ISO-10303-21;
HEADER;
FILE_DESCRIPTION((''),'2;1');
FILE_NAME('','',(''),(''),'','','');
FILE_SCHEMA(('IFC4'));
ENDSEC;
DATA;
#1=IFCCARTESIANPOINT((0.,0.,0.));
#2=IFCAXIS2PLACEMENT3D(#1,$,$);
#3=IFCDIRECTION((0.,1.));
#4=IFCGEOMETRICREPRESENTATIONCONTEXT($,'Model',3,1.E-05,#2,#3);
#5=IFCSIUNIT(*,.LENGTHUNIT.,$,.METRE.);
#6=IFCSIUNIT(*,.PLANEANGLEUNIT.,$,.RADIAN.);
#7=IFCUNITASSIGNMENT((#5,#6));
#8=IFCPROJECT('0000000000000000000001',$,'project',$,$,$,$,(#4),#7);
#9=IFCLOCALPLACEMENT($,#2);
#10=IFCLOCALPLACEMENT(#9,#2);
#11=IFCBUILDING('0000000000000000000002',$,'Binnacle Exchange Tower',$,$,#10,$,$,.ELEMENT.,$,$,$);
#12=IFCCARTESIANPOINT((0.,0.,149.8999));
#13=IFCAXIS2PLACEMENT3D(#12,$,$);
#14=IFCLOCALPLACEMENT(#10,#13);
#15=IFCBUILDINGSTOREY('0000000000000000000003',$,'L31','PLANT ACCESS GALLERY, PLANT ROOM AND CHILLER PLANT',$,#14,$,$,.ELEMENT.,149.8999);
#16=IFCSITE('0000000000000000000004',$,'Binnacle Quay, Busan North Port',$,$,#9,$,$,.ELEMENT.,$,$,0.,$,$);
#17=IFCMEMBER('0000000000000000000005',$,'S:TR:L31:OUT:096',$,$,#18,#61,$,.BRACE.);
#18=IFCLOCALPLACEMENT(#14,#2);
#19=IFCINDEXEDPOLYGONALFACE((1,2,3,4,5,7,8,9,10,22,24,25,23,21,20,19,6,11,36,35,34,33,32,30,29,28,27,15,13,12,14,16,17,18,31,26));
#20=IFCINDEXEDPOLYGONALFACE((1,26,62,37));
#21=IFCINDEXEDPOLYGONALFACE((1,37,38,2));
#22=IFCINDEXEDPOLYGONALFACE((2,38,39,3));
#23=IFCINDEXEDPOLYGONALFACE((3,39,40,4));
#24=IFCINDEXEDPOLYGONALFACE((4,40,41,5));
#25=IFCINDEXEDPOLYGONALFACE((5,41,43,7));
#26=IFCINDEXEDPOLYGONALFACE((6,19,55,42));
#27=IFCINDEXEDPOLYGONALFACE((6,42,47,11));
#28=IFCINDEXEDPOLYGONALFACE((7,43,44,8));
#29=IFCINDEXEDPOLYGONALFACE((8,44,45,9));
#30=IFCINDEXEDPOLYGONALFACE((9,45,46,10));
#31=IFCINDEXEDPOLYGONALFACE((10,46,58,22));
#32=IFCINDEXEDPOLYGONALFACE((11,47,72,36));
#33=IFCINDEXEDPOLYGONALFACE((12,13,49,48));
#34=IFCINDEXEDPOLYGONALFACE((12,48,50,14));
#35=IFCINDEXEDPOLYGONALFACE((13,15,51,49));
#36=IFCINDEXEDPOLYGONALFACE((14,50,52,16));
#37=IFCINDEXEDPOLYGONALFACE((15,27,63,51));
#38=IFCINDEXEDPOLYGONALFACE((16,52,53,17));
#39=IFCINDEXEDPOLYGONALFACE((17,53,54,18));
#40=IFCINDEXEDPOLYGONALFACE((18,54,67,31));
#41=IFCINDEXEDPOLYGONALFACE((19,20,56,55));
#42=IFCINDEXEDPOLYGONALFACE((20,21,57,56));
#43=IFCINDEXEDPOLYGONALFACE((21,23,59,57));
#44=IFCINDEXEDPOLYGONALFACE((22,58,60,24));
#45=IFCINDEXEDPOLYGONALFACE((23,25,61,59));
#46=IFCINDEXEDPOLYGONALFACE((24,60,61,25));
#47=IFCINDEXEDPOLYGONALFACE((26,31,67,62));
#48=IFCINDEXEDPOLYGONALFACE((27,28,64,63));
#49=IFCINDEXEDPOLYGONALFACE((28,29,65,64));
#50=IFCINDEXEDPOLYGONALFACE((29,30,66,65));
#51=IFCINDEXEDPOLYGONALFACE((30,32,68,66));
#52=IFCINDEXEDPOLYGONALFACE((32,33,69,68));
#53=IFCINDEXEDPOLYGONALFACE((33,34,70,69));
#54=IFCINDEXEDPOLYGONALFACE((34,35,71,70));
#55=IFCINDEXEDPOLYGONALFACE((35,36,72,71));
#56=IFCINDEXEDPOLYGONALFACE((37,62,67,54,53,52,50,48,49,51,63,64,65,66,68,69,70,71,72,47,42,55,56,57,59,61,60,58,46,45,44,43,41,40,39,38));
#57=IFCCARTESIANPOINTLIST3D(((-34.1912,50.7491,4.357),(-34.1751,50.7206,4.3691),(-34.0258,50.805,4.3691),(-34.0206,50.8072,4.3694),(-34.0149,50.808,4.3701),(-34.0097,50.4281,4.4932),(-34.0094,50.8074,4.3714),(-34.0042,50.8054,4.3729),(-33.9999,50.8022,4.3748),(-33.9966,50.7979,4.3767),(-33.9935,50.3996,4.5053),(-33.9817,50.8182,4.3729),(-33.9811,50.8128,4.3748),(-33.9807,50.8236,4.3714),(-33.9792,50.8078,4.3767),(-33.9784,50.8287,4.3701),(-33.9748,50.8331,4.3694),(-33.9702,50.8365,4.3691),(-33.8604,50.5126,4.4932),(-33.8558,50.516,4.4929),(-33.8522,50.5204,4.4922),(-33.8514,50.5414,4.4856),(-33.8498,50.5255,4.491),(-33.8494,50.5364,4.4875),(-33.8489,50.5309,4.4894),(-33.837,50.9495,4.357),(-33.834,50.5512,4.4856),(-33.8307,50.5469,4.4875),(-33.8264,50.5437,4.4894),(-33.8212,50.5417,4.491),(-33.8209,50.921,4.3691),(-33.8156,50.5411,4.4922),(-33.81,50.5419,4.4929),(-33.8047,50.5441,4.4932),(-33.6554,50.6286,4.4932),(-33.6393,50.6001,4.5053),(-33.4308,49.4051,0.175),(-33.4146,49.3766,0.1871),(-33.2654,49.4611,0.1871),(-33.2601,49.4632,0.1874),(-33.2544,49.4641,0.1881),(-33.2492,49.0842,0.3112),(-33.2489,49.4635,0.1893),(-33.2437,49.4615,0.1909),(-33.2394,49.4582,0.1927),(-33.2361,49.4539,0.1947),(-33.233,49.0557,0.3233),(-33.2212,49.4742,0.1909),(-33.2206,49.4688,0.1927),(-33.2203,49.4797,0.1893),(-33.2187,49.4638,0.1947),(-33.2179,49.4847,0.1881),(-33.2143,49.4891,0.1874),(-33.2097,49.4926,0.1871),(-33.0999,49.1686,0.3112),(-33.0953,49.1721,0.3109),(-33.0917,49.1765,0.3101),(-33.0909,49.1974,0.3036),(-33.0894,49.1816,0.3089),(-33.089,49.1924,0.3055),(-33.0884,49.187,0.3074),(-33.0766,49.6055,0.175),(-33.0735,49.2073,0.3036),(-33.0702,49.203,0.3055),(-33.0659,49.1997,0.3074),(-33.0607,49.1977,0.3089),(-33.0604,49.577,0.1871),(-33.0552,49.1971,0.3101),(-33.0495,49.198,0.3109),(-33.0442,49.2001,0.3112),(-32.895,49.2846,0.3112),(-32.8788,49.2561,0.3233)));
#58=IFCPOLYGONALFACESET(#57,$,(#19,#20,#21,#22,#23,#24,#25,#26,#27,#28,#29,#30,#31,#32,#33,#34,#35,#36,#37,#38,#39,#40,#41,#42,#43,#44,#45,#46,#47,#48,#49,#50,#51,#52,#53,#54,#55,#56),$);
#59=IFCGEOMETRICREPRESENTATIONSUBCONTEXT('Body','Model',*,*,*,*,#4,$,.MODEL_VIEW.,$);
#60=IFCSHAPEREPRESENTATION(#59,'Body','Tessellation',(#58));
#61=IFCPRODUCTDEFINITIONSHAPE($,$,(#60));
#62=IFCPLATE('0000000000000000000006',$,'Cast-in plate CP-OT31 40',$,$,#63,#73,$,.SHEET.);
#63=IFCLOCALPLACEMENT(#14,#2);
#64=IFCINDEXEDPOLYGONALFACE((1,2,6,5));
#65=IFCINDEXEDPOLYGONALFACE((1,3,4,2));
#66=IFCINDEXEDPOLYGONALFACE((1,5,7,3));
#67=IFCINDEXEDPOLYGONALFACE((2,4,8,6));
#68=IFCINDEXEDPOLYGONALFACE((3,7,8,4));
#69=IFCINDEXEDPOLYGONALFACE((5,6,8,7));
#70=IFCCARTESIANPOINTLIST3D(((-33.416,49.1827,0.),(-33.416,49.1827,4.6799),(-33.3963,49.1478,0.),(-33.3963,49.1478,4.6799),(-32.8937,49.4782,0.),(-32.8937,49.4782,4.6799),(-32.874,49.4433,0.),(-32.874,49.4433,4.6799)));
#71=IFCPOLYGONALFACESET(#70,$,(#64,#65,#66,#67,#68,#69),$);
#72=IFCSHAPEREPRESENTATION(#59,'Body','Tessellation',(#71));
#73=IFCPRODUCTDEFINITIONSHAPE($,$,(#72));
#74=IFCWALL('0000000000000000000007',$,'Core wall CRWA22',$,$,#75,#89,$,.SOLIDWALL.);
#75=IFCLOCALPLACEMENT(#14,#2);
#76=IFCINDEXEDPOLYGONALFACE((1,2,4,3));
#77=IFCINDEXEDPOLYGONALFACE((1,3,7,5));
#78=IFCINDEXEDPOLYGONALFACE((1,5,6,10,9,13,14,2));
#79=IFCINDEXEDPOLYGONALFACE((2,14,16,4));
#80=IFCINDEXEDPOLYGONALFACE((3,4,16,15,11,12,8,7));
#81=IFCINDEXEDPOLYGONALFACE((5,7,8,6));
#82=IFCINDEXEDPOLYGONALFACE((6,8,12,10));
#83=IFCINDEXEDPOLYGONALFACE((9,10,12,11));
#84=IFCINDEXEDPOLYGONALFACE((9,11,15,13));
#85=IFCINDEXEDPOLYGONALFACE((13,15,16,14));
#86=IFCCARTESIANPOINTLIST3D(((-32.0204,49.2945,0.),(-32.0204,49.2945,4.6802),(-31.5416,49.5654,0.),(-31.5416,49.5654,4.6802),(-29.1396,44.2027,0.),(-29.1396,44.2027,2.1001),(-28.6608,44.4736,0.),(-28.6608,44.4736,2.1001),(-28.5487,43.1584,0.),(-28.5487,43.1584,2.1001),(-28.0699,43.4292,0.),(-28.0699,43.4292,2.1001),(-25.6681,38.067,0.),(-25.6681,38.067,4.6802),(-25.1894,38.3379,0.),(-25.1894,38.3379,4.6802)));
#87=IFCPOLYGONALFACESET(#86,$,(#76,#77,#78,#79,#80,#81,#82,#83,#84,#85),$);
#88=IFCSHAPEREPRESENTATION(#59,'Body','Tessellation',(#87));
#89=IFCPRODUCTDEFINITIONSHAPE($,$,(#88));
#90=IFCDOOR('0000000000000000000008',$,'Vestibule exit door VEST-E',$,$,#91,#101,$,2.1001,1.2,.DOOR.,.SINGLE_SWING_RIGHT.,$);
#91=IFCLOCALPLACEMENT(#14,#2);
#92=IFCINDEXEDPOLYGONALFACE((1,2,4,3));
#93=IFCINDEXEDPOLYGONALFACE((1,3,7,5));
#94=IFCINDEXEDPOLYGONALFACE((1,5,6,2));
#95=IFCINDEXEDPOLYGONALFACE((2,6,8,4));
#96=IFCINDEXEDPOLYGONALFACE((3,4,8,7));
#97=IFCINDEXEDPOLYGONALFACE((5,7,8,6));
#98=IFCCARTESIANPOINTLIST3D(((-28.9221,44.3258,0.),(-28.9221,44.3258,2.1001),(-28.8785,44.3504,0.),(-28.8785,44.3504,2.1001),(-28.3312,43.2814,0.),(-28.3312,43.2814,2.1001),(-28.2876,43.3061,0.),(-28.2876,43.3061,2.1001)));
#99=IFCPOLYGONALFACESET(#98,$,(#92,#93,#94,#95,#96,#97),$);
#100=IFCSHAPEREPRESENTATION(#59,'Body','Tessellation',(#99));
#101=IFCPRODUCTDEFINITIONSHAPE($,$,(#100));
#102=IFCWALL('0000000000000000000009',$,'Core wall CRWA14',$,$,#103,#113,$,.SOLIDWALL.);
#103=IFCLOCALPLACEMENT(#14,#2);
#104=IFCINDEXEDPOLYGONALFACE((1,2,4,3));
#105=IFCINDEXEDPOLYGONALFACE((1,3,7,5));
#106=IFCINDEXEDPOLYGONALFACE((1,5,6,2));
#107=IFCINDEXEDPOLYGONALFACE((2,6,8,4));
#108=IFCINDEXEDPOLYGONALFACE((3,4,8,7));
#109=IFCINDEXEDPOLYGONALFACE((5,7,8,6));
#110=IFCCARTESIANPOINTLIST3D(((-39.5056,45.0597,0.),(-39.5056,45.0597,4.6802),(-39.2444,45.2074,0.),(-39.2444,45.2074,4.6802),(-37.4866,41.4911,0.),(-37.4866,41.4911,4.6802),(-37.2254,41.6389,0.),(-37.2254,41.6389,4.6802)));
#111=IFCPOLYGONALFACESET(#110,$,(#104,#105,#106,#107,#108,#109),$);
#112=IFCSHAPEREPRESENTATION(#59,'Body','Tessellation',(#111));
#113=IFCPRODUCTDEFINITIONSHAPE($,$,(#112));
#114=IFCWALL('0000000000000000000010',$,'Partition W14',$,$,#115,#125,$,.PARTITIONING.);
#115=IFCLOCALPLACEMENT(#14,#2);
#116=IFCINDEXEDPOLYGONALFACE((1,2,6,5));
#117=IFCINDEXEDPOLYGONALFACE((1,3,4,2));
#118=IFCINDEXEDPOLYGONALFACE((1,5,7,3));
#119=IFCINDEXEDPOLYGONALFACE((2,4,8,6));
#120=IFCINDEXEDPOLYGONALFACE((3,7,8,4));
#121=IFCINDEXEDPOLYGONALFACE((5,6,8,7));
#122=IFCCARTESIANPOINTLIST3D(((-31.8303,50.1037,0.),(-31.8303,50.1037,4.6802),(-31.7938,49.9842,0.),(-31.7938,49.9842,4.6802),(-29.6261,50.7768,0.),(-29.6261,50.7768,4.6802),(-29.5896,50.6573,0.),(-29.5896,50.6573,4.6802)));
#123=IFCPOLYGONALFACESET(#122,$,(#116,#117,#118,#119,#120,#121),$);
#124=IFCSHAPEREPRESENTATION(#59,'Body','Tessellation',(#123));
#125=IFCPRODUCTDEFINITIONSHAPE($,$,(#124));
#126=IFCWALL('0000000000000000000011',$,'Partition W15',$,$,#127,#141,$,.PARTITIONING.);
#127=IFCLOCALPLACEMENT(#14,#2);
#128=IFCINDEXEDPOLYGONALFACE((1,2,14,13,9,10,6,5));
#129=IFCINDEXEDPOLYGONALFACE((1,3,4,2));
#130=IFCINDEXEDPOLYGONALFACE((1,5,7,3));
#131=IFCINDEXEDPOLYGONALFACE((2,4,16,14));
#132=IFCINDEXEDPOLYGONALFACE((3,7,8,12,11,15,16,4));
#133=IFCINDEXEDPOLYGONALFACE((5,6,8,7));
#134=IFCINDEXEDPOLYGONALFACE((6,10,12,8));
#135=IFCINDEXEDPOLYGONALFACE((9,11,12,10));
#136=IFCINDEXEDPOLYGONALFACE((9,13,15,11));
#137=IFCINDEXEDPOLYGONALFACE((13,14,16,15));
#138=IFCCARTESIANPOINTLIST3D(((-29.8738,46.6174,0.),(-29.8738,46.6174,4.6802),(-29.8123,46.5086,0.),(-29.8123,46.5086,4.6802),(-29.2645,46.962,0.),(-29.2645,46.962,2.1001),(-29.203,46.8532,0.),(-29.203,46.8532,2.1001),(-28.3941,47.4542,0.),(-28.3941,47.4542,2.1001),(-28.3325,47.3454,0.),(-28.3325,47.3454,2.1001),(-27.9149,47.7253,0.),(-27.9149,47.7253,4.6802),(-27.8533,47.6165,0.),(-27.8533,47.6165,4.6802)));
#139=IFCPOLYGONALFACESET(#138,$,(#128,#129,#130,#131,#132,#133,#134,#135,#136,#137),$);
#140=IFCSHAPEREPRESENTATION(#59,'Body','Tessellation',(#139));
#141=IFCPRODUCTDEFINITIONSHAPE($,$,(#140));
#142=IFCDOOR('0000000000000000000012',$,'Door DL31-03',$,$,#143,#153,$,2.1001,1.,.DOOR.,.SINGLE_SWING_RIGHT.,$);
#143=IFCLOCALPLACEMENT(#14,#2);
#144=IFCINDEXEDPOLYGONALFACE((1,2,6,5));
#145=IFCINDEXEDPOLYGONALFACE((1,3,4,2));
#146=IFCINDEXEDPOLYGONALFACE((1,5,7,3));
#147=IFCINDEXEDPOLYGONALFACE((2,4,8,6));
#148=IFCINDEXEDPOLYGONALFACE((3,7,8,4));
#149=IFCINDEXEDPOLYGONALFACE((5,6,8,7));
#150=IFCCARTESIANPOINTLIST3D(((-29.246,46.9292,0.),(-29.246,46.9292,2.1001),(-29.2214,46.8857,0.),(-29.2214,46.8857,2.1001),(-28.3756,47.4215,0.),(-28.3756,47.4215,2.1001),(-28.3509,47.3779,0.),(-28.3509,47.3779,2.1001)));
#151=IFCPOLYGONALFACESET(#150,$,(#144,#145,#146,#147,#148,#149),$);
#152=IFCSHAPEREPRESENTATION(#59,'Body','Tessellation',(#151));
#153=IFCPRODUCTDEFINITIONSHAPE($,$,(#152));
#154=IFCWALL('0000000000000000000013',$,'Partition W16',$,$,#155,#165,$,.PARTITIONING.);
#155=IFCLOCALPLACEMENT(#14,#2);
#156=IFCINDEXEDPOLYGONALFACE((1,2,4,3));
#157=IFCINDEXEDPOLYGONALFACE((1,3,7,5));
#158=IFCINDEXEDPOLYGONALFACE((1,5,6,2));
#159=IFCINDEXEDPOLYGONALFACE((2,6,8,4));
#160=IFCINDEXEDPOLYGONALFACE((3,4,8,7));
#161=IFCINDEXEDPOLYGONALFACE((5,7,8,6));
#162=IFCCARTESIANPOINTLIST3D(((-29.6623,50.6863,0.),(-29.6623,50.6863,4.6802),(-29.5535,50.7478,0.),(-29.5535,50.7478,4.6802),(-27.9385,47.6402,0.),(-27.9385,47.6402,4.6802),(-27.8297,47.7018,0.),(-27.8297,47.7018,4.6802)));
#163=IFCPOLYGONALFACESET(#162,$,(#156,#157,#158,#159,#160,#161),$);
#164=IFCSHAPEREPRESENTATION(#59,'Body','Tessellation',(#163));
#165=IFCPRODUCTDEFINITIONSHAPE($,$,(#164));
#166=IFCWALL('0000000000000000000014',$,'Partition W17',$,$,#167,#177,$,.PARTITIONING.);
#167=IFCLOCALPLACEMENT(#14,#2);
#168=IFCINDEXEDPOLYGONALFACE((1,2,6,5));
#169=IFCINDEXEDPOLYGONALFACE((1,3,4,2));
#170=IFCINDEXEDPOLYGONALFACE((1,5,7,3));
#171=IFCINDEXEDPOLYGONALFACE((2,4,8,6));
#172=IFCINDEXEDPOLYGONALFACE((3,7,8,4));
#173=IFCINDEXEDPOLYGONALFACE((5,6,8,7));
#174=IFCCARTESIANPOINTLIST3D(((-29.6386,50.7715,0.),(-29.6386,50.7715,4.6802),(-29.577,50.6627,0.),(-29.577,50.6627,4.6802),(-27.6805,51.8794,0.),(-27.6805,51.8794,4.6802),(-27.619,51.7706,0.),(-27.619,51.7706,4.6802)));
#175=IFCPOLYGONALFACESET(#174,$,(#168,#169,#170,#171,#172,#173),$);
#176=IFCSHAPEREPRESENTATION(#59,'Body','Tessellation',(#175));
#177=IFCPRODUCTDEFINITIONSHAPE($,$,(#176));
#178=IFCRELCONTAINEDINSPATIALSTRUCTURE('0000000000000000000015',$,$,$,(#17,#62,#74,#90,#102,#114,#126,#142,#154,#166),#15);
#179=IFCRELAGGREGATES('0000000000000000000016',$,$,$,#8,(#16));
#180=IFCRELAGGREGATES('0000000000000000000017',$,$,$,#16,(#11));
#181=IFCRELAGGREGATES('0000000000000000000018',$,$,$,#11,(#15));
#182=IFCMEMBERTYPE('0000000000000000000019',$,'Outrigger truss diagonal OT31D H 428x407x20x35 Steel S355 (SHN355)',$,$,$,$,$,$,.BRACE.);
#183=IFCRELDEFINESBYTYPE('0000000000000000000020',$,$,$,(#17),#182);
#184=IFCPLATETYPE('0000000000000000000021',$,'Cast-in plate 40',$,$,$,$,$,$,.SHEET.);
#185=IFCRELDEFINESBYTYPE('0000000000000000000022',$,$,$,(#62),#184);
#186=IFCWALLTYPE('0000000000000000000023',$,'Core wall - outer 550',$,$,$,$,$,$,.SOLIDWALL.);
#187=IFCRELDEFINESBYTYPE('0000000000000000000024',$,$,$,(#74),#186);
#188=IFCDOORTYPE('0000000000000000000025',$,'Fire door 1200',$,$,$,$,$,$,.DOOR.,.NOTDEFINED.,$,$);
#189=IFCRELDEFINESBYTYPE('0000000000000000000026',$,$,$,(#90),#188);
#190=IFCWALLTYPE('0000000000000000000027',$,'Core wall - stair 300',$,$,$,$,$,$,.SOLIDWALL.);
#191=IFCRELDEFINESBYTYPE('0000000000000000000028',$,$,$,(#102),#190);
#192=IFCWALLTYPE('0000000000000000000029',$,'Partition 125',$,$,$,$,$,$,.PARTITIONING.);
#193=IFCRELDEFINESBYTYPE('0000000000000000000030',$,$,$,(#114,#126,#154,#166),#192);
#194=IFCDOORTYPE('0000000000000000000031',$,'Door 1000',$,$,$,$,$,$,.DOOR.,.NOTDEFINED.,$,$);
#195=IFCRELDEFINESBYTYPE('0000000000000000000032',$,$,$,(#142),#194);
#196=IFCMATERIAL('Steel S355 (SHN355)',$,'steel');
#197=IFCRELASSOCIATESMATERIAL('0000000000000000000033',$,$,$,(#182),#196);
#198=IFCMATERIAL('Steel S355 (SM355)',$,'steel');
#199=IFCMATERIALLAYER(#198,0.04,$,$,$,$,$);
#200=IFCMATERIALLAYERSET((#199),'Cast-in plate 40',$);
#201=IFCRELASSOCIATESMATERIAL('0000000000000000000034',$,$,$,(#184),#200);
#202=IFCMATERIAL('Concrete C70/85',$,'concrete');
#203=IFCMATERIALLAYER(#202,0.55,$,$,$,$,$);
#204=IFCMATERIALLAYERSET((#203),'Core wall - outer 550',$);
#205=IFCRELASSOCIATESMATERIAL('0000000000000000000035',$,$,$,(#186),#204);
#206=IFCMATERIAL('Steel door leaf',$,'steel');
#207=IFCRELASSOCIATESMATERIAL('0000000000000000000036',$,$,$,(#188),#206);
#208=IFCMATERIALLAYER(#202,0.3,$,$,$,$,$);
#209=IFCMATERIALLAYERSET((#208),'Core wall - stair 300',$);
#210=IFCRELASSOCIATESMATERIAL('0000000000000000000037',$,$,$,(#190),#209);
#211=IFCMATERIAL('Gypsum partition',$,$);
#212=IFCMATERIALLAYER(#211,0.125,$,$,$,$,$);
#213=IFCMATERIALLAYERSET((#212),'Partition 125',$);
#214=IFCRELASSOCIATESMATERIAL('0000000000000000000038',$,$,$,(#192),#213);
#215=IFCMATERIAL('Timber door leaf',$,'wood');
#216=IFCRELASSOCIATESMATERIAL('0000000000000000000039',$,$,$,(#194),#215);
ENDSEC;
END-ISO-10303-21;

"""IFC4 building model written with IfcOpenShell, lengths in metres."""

from ifc_helpers import new_model, si_unit, direction, frame, frame_2d, origin, origin_2d, place, context, subcontext, project, spatial, rectangle, i_section, extrude, material, layer, layer_set, material_profile, profile_set, type_object, element, fill, save


model = new_model("IFC4")

# Units and contexts
model_context = context("Model", 3, precision=1e-05, world=origin(), true_north=direction((0.0, 1.0)))
body_context = subcontext(model_context, "Body", "Model", "MODEL_VIEW")
ifc_project = project(units=[si_unit("LENGTHUNIT", "METRE"), si_unit("PLANEANGLEUNIT", "RADIAN")], contexts=[model_context])

# Site, building, storey
site_placement = place(None, origin())
site = spatial("IfcSite", under=ifc_project, at=site_placement, Name="Binnacle Quay, Busan North Port", CompositionType="ELEMENT", RefElevation=0.0)
building_placement = place(site_placement, origin())
building = spatial("IfcBuilding", under=site, at=building_placement, Name="Binnacle Exchange Tower", CompositionType="ELEMENT")
storey_placement = place(building_placement, frame((0.0, 0.0, 149.8999)))
storey = spatial("IfcBuildingStorey", under=building, at=storey_placement, Name="L31", Description="PLANT ACCESS GALLERY, PLANT ROOM AND CHILLER PLANT", CompositionType="ELEMENT", Elevation=149.8999)

# Shared definitions
ifc_material_1 = material(Name="Concrete C70/85", Category="concrete")

# Shared definitions
ifc_material_2 = material(Name="Steel S355 (SHN355)", Category="steel")

# Member
ifc_material_profile_1 = material_profile(ifc_material_2, i_section(OverallWidth=0.407, OverallDepth=0.428, WebThickness=0.02, FlangeThickness=0.0349, FilletRadius=0.022, at=origin_2d()), Name="H 428x407x20x35")
ifc_profile_set_1 = profile_set([ifc_material_profile_1], Name="Steel S355 (SHN355)")
member_type_1 = type_object("IfcMemberType", Name="Outrigger truss diagonal OT31D H 428x407x20x35 Steel S355 (SHN355)", PredefinedType="BRACE", material=ifc_profile_set_1)
member_1_placement = place(storey_placement, frame((-33.9153, 50.6746, 4.4312), z_axis=(0.170587, -0.301471, -0.938091), x_axis=(0.870327, 0.492474, 0.0)))
element("IfcMember", 1, at=member_1_placement, inside=storey, type_object=member_type_1, Name="S:TR:L31:OUT:096", PredefinedType="BRACE", context=body_context, shape_type="SweptSolid", body=[
    extrude(i_section(OverallWidth=0.407, OverallDepth=0.428, WebThickness=0.02, FlangeThickness=0.0349, FilletRadius=0.022, at=origin_2d()), origin(), (0.0, 0.0, 1.0), 4.458),
])

# Plate
ifc_material_3 = material(Name="Steel S355 (SM355)", Category="steel")
ifc_layer_1 = layer(ifc_material_3, 0.04)
ifc_layer_set_1 = layer_set([ifc_layer_1], Name="Cast-in plate 40")
plate_type = type_object("IfcPlateType", Name="Cast-in plate 40", PredefinedType="SHEET", material=ifc_layer_set_1)
plate_placement = place(storey_placement, frame((-33.145, 49.313, 0.0), z_axis=(0.0, 0.0, 1.0), x_axis=(0.492424, -0.870356, 0.0)))
element("IfcPlate", 2, at=plate_placement, inside=storey, type_object=plate_type, Name="Cast-in plate CP-OT31 40", PredefinedType="SHEET", context=body_context, shape_type="SweptSolid", body=[
    extrude(rectangle(XDim=0.04, YDim=0.6001, at=origin_2d()), origin(), (0.0, 0.0, 1.0), 4.6799),
])

# Wall, opening, door
ifc_layer_2 = layer(ifc_material_1, 0.55)
ifc_layer_set_2 = layer_set([ifc_layer_2], Name="Core wall - outer 550")
wall_type_1 = type_object("IfcWallType", Name="Core wall - outer 550", PredefinedType="SOLIDWALL", material=ifc_layer_set_2)
wall_1_placement = place(storey_placement, frame((-31.781, 49.4299, 0.0), z_axis=(0.0, 0.0, 1.0), x_axis=(0.492427, -0.870354, 0.0)))
wall_1 = element("IfcWall", 3, at=wall_1_placement, inside=storey, type_object=wall_type_1, Name="Core wall CRWA22", PredefinedType="SOLIDWALL", context=body_context, shape_type="SweptSolid", body=[
    extrude(rectangle(XDim=12.8999, YDim=0.55, at=frame_2d((6.45, 0.0))), origin(), (0.0, 0.0, 1.0), 4.6802),
])
opening_1_placement = place(wall_1_placement, frame((5.8501, 0.0, 0.0)))
opening_1 = element("IfcOpeningElement", 4, at=opening_1_placement, cuts=wall_1, PredefinedType="OPENING", context=body_context, shape_type="SweptSolid", body=[
    extrude(rectangle(XDim=1.2, YDim=2.1001, at=frame_2d((0.6001, 1.05))), frame((0.0, 0.2849, 0.0), z_axis=(0.0, -1.0, 0.0), x_axis=(1.0, 0.0, 0.0)), (0.0, 0.0, 1.0), 0.5701),
])
ifc_material_4 = material(Name="Steel door leaf", Category="steel")
door_type_1 = type_object("IfcDoorType", Name="Fire door 1200", OperationType="NOTDEFINED", PredefinedType="DOOR", material=ifc_material_4)
door_1_placement = place(opening_1_placement, origin())
door_1 = element("IfcDoor", 5, at=door_1_placement, inside=storey, type_object=door_type_1, Name="Vestibule exit door VEST-E", OperationType="SINGLE_SWING_RIGHT", OverallHeight=2.1001, OverallWidth=1.2, PredefinedType="DOOR", context=body_context, shape_type="SweptSolid", body=[
    extrude(rectangle(XDim=1.2, YDim=2.1001, at=frame_2d((0.6001, 1.05))), frame((0.0, 0.0249, 0.0), z_axis=(0.0, -1.0, 0.0), x_axis=(1.0, 0.0, 0.0)), (0.0, 0.0, 1.0), 0.05),
])
fill(opening_1, door_1)

# Walls
ifc_layer_3 = layer(ifc_material_1, 0.3)
ifc_layer_set_3 = layer_set([ifc_layer_3], Name="Core wall - stair 300")
wall_type_2 = type_object("IfcWallType", Name="Core wall - stair 300", PredefinedType="SOLIDWALL", material=ifc_layer_set_3)
wall_2_placement = place(storey_placement, frame((-39.375, 45.1335, 0.0), z_axis=(0.0, 0.0, 1.0), x_axis=(0.492428, -0.870353, 0.0)))
element("IfcWall", 6, at=wall_2_placement, inside=storey, type_object=wall_type_2, Name="Core wall CRWA14", PredefinedType="SOLIDWALL", context=body_context, shape_type="SweptSolid", body=[
    extrude(rectangle(XDim=4.1001, YDim=0.3, at=frame_2d((2.05, 0.0))), origin(), (0.0, 0.0, 1.0), 4.6802),
])
ifc_material_5 = material(Name="Gypsum partition")
ifc_layer_4 = layer(ifc_material_5, 0.125)
ifc_layer_set_4 = layer_set([ifc_layer_4], Name="Partition 125")
wall_type_3 = type_object("IfcWallType", Name="Partition 125", PredefinedType="PARTITIONING", material=ifc_layer_set_4)
wall_3_placement = place(storey_placement, frame((-31.812, 50.0439, 0.0), z_axis=(0.0, 0.0, 1.0), x_axis=(0.956398, 0.292068, 0.0)))
element("IfcWall", 7, at=wall_3_placement, inside=storey, type_object=wall_type_3, Name="Partition W14", PredefinedType="PARTITIONING", context=body_context, shape_type="SweptSolid", body=[
    extrude(rectangle(XDim=2.3047, YDim=0.125, at=frame_2d((1.1523, 0.0))), origin(), (0.0, 0.0, 1.0), 4.6802),
])

# Wall, opening, door
wall_4_placement = place(storey_placement, frame((-29.843, 46.563, 0.0), z_axis=(0.0, 0.0, 1.0), x_axis=(0.870438, 0.492279, 0.0)))
wall_4 = element("IfcWall", 8, at=wall_4_placement, inside=storey, type_object=wall_type_3, Name="Partition W15", PredefinedType="PARTITIONING", context=body_context, shape_type="SweptSolid", body=[
    extrude(rectangle(XDim=2.2505, YDim=0.125, at=frame_2d((1.1252, 0.0))), origin(), (0.0, 0.0, 1.0), 4.6802),
])
opening_2_placement = place(wall_4_placement, frame((0.7, 0.0, 0.0)))
opening_2 = element("IfcOpeningElement", 9, at=opening_2_placement, cuts=wall_4, PredefinedType="OPENING", context=body_context, shape_type="SweptSolid", body=[
    extrude(rectangle(XDim=1.0, YDim=2.1001, at=frame_2d((0.5, 1.05))), frame((0.0, 0.0725, 0.0), z_axis=(0.0, -1.0, 0.0), x_axis=(1.0, 0.0, 0.0)), (0.0, 0.0, 1.0), 0.145),
])
ifc_material_6 = material(Name="Timber door leaf", Category="wood")
door_type_2 = type_object("IfcDoorType", Name="Door 1000", OperationType="NOTDEFINED", PredefinedType="DOOR", material=ifc_material_6)
door_2_placement = place(opening_2_placement, origin())
door_2 = element("IfcDoor", 10, at=door_2_placement, inside=storey, type_object=door_type_2, Name="Door DL31-03", OperationType="SINGLE_SWING_RIGHT", OverallHeight=2.1001, OverallWidth=1.0, PredefinedType="DOOR", context=body_context, shape_type="SweptSolid", body=[
    extrude(rectangle(XDim=1.0, YDim=2.1001, at=frame_2d((0.5, 1.05))), frame((0.0, 0.0249, 0.0), z_axis=(0.0, -1.0, 0.0), x_axis=(1.0, 0.0, 0.0)), (0.0, 0.0, 1.0), 0.05),
])
fill(opening_2, door_2)

# Walls
wall_5_placement = place(storey_placement, frame((-29.6079, 50.717, 0.0), z_axis=(0.0, 0.0, 1.0), x_axis=(0.492521, -0.8703, 0.0)))
element("IfcWall", 11, at=wall_5_placement, inside=storey, type_object=wall_type_3, Name="Partition W16", PredefinedType="PARTITIONING", context=body_context, shape_type="SweptSolid", body=[
    extrude(rectangle(XDim=3.5, YDim=0.125, at=frame_2d((1.75, 0.0))), origin(), (0.0, 0.0, 1.0), 4.6802),
])
wall_6_placement = place(storey_placement, frame((-29.6079, 50.717, 0.0), z_axis=(0.0, 0.0, 1.0), x_axis=(0.870332, 0.492465, 0.0)))
element("IfcWall", 12, at=wall_6_placement, inside=storey, type_object=wall_type_3, Name="Partition W17", PredefinedType="PARTITIONING", context=body_context, shape_type="SweptSolid", body=[
    extrude(rectangle(XDim=2.2498, YDim=0.125, at=frame_2d((1.125, 0.0))), origin(), (0.0, 0.0, 1.0), 4.6802),
])

save(model, "model.ifc")
